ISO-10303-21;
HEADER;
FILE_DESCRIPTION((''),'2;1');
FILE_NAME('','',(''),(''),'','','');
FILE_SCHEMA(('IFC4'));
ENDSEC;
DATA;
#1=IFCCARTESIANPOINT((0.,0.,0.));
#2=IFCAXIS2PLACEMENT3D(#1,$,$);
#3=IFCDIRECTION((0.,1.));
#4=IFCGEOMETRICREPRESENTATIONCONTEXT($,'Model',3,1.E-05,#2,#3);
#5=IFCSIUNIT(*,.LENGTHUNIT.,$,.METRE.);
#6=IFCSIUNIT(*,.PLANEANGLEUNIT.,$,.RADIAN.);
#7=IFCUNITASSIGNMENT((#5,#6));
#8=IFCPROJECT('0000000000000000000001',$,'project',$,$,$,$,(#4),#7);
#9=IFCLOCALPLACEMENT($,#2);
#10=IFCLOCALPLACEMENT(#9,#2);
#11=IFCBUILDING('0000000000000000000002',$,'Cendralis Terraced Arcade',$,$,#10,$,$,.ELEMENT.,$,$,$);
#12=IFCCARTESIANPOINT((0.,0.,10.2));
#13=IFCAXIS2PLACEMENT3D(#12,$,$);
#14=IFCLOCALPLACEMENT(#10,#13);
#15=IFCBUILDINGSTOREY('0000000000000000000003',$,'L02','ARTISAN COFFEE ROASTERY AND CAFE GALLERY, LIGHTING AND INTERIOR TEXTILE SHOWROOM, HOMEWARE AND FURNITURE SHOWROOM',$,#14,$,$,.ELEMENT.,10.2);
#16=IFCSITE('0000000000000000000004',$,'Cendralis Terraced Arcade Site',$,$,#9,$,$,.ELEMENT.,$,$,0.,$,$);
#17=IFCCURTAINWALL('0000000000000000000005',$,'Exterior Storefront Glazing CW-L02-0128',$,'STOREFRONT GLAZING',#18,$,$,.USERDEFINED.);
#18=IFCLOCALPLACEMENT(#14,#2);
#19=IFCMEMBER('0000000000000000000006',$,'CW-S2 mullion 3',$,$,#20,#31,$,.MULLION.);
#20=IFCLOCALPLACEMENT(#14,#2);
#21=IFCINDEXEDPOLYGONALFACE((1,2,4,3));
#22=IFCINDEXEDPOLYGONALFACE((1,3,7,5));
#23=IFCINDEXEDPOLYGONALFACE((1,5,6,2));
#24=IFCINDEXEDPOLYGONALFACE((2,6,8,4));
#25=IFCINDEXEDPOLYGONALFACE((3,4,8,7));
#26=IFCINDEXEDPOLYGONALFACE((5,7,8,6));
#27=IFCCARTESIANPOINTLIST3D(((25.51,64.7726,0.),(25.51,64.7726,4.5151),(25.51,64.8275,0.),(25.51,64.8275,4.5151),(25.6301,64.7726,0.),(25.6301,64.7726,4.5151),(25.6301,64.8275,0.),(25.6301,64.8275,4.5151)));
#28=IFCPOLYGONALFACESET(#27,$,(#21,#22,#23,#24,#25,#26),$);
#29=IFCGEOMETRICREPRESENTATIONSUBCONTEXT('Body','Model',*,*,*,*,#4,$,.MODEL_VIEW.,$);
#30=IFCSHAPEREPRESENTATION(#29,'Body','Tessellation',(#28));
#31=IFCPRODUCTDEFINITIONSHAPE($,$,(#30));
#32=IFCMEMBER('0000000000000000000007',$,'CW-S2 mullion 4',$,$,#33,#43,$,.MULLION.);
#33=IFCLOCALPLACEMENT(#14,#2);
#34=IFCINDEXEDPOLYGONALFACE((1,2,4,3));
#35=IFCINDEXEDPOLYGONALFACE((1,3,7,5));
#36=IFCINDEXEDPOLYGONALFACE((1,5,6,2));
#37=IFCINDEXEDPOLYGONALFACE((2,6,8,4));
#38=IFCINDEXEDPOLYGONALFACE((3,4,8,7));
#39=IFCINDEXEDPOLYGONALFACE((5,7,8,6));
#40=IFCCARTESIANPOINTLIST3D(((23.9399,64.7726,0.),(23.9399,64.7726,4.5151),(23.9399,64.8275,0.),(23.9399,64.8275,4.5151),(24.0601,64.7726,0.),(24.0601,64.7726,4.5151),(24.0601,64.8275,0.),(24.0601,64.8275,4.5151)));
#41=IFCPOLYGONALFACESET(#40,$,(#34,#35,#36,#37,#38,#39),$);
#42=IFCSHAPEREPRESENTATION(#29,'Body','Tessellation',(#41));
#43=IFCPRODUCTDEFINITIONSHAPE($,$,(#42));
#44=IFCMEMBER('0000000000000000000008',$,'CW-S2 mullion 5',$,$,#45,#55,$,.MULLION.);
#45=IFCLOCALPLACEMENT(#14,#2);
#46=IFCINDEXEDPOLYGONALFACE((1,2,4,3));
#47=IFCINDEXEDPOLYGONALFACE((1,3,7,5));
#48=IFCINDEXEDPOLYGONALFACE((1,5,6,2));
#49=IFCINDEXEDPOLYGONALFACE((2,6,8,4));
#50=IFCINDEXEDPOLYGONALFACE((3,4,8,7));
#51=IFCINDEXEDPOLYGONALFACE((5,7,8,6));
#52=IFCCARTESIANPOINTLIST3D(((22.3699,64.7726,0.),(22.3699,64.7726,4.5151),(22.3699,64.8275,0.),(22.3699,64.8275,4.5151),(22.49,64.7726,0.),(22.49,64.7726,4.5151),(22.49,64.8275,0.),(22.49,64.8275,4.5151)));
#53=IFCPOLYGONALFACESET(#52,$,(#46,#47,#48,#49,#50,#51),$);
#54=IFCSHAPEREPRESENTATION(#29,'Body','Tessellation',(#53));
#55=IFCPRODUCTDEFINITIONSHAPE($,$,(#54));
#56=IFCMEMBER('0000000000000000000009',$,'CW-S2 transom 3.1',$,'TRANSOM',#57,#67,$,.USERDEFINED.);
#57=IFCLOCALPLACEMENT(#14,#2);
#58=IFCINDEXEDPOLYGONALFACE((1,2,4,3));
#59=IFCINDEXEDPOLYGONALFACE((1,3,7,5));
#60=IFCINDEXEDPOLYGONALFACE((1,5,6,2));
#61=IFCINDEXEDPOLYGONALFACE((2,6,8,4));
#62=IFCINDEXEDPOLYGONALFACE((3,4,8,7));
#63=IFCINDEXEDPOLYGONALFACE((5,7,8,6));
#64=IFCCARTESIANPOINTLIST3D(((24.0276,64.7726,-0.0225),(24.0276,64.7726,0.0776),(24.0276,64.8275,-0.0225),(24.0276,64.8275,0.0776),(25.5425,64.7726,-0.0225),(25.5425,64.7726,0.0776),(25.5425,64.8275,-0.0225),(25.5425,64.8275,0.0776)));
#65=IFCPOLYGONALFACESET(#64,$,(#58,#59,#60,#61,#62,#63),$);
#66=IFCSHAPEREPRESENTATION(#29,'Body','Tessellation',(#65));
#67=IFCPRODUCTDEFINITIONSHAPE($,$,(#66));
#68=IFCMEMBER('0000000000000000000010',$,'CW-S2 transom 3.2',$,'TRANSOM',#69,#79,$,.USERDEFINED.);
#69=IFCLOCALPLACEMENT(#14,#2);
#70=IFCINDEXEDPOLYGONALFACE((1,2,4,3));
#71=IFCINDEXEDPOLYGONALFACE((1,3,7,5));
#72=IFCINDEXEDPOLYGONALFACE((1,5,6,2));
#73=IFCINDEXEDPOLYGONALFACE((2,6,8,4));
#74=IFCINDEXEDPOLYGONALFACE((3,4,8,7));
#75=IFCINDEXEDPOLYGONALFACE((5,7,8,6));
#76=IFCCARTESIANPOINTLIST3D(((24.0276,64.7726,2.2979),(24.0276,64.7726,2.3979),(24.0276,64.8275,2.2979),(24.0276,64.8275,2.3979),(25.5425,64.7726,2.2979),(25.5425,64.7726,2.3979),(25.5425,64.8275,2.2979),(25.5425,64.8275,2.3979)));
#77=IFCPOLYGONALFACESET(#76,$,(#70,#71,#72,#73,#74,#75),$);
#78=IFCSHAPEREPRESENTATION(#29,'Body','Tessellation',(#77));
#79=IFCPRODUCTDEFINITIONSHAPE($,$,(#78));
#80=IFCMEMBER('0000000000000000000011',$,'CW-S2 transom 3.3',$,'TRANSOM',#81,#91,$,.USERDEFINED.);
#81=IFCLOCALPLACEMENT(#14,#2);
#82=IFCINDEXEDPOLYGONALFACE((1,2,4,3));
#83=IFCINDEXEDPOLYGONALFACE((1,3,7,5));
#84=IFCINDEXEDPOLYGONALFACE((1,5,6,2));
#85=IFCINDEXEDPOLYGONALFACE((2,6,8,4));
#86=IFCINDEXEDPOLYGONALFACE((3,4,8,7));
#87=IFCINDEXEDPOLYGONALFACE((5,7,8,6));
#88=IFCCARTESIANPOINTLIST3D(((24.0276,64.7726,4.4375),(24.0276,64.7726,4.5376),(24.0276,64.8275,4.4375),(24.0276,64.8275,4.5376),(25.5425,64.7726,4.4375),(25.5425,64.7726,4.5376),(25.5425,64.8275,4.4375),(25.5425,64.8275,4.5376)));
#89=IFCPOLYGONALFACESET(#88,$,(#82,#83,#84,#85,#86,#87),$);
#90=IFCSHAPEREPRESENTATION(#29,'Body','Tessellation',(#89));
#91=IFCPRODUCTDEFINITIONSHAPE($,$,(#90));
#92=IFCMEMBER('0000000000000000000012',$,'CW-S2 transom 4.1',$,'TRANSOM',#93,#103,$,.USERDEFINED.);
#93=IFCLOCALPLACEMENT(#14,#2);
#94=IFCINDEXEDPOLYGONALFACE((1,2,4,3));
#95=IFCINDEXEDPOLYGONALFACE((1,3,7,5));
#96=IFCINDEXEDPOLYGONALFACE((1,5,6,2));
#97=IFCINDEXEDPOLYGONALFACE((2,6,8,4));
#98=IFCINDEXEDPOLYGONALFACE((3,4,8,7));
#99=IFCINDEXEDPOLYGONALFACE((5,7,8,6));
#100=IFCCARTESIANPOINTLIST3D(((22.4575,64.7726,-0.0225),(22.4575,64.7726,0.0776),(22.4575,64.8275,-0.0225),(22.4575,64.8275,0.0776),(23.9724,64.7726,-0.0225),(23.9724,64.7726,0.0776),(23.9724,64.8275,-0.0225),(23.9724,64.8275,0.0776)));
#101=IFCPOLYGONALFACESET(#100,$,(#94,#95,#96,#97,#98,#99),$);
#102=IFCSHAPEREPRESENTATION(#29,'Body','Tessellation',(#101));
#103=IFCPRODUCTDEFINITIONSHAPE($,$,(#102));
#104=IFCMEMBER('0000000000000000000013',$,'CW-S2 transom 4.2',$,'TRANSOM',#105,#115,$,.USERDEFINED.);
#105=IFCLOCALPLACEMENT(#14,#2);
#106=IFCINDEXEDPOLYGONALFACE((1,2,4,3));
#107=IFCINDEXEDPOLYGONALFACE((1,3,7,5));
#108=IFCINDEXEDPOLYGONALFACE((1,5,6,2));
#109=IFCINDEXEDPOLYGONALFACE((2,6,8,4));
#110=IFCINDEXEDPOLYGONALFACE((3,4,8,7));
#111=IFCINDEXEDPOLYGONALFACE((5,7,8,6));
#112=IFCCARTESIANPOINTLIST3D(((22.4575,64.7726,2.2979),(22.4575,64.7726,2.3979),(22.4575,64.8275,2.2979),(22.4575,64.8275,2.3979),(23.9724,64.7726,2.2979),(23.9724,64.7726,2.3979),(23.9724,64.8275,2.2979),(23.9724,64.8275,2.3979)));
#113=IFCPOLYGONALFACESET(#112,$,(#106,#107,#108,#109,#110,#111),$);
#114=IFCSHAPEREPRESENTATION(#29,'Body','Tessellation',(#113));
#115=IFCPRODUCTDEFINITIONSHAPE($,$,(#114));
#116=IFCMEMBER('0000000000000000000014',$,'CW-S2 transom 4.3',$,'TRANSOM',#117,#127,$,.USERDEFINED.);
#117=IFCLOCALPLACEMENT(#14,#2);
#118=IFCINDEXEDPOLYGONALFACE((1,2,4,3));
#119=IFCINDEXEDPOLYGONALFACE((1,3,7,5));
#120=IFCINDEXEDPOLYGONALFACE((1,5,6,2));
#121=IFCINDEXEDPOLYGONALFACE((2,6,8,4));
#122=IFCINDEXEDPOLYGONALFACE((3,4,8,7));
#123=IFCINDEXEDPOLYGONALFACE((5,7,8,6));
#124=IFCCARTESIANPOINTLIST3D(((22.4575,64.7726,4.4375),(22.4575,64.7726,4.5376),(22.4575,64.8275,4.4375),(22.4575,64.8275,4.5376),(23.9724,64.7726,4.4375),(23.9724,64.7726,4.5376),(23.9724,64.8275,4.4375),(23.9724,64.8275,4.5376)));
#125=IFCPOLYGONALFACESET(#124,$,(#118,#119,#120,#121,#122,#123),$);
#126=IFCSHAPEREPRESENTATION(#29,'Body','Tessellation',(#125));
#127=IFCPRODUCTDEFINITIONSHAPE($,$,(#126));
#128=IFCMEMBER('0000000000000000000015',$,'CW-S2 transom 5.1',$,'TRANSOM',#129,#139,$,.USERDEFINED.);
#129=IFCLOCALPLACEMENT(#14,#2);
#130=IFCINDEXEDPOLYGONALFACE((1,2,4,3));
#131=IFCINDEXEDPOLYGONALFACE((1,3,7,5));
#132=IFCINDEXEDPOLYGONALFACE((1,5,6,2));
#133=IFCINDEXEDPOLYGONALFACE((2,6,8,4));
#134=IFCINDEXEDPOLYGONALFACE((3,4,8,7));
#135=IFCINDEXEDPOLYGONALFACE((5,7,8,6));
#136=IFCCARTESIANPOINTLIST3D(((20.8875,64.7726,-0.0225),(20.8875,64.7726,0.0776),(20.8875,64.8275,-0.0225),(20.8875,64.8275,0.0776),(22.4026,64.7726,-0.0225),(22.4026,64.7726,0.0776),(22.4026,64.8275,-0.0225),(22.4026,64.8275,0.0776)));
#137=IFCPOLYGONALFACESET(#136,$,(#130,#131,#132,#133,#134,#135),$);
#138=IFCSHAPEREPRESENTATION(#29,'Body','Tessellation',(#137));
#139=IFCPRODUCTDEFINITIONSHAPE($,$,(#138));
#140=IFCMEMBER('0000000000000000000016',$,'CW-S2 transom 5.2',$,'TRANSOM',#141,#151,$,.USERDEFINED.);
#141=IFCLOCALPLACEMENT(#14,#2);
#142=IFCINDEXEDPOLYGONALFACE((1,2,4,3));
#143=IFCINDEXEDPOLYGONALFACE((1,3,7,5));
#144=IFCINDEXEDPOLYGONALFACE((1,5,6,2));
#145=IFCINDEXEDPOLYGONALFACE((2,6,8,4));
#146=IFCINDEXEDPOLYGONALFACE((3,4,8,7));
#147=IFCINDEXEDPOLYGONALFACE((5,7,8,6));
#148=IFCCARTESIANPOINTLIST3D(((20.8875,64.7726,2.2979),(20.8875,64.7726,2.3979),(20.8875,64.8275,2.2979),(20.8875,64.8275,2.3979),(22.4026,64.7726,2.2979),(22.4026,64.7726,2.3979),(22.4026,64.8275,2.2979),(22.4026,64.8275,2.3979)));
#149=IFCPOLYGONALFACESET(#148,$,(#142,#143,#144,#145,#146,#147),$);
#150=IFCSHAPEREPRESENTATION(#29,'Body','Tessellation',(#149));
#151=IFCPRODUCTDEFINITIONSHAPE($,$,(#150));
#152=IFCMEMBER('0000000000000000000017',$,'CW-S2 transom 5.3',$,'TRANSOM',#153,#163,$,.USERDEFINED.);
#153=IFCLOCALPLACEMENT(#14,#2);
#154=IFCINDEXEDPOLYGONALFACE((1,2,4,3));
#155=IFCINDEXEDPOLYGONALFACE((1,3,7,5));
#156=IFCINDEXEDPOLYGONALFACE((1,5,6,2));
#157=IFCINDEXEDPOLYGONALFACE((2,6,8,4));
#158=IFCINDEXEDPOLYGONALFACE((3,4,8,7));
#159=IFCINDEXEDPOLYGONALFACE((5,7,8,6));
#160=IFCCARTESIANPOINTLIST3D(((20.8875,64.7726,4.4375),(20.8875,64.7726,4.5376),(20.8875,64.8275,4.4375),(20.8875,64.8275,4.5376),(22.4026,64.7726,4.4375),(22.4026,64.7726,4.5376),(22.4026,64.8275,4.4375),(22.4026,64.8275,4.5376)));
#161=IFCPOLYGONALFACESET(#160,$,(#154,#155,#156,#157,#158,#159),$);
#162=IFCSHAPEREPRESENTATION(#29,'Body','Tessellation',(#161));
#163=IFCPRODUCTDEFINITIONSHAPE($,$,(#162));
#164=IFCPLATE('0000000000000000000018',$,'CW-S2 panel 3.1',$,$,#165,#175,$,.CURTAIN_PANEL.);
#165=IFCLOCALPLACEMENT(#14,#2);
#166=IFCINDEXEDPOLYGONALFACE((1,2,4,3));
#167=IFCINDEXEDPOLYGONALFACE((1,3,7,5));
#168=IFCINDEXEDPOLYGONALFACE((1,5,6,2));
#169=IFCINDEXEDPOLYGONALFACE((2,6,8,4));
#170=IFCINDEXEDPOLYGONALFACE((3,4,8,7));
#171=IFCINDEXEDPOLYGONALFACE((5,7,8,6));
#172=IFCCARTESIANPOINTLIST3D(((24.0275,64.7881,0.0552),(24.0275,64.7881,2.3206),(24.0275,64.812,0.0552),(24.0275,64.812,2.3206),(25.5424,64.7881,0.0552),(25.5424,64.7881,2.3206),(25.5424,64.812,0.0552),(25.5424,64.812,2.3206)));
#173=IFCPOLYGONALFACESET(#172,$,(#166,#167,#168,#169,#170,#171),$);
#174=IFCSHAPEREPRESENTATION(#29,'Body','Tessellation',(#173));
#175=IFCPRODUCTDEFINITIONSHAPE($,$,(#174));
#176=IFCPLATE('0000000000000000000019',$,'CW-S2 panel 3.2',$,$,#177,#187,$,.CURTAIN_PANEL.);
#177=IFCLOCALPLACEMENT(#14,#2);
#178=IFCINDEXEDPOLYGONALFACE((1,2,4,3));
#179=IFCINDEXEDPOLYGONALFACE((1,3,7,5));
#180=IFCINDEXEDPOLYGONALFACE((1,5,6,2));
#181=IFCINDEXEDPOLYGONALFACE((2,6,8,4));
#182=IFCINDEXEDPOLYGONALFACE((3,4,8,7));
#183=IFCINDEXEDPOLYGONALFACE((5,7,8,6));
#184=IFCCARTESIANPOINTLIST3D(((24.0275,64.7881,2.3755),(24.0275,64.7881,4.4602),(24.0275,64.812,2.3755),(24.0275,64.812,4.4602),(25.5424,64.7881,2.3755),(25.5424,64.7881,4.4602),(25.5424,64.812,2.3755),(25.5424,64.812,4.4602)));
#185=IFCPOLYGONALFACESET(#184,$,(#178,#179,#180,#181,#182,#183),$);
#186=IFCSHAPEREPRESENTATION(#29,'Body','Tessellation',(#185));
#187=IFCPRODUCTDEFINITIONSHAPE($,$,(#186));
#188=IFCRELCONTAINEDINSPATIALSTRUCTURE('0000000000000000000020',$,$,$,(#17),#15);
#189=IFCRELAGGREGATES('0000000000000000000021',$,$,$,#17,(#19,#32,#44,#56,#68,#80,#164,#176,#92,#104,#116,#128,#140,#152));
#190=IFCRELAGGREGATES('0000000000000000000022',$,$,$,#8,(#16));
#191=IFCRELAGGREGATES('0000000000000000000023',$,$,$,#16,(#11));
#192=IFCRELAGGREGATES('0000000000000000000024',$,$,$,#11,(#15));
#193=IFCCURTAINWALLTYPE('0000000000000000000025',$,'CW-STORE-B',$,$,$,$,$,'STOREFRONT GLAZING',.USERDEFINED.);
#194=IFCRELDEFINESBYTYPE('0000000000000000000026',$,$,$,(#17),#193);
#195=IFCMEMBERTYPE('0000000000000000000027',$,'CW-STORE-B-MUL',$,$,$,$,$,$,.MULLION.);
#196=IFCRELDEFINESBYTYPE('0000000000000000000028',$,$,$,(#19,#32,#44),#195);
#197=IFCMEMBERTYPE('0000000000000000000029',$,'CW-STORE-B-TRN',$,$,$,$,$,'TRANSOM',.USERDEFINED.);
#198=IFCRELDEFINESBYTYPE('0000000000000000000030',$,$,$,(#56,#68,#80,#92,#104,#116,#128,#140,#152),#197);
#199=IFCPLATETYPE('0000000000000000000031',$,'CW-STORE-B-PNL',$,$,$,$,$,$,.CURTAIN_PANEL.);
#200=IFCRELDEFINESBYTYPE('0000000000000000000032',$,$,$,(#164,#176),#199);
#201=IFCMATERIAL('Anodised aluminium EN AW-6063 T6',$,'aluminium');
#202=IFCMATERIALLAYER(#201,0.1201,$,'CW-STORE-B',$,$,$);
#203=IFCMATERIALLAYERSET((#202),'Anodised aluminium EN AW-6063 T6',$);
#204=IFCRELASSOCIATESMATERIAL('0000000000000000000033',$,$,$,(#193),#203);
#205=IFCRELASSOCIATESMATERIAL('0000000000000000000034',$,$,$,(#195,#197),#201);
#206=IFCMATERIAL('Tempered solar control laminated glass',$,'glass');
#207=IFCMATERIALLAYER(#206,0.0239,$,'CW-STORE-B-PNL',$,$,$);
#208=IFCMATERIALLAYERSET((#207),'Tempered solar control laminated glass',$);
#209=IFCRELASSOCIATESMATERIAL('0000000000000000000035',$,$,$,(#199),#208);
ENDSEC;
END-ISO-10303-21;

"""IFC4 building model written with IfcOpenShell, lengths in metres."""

from ifc_helpers import new_model, si_unit, direction, frame, origin, origin_2d, place, context, subcontext, project, spatial, rectangle, extrude, material, layer, layer_set, material_profile, profile_set, type_object, element, aggregate, save


model = new_model("IFC4")

# Units and contexts
model_context = context("Model", 3, precision=1e-05, world=origin(), true_north=direction((0.0, 1.0)))
body_context = subcontext(model_context, "Body", "Model", "MODEL_VIEW")
ifc_project = project(units=[si_unit("LENGTHUNIT", "METRE"), si_unit("PLANEANGLEUNIT", "RADIAN")], contexts=[model_context])

# Site, building, storey
site_placement = place(None, origin())
site = spatial("IfcSite", under=ifc_project, at=site_placement, Name="Cendralis Terraced Arcade Site", CompositionType="ELEMENT", RefElevation=0.0)
building_placement = place(site_placement, origin())
building = spatial("IfcBuilding", under=site, at=building_placement, Name="Cendralis Terraced Arcade", CompositionType="ELEMENT")
storey_placement = place(building_placement, frame((0.0, 0.0, 10.2)))
storey = spatial("IfcBuildingStorey", under=building, at=storey_placement, Name="L02", Description="ARTISAN COFFEE ROASTERY AND CAFE GALLERY, LIGHTING AND INTERIOR TEXTILE SHOWROOM, HOMEWARE AND FURNITURE SHOWROOM", CompositionType="ELEMENT", Elevation=10.2)

# Curtain wall, members, plates
ifc_material_1 = material(Name="Anodised aluminium EN AW-6063 T6", Category="aluminium")
ifc_layer_1 = layer(ifc_material_1, 0.1201, Name="CW-STORE-B")
ifc_layer_set_1 = layer_set([ifc_layer_1], Name="Anodised aluminium EN AW-6063 T6")
curtain_wall_type = type_object("IfcCurtainWallType", Name="CW-STORE-B", ElementType="STOREFRONT GLAZING", PredefinedType="USERDEFINED", material=ifc_layer_set_1)
curtain_wall_placement = place(storey_placement, origin())
curtain_wall = element("IfcCurtainWall", 1, at=curtain_wall_placement, inside=storey, type_object=curtain_wall_type, Name="Exterior Storefront Glazing CW-L02-0128", ObjectType="STOREFRONT GLAZING", PredefinedType="USERDEFINED")
ifc_material_profile_1 = material_profile(ifc_material_1, rectangle(XDim=0.0549, YDim=0.1201, at=origin_2d()), Name="ALU-MUL-55x120")
ifc_profile_set_1 = profile_set([ifc_material_profile_1], Name="Anodised aluminium EN AW-6063 T6")
member_type_1 = type_object("IfcMemberType", Name="CW-STORE-B-MUL", PredefinedType="MULLION", material=ifc_profile_set_1)
member_1_placement = place(storey_placement, frame((25.5701, 64.8, 0.0), z_axis=(0.0, 0.0, 1.0), x_axis=(0.0, -1.0, 0.0)))
member_1 = element("IfcMember", 2, at=member_1_placement, type_object=member_type_1, Name="CW-S2 mullion 3", PredefinedType="MULLION", context=body_context, shape_type="SweptSolid", body=[
    extrude(rectangle(XDim=0.0549, YDim=0.1201, at=origin_2d()), origin(), (0.0, 0.0, 1.0), 4.5151),
])
member_2_placement = place(storey_placement, frame((24.0, 64.8, 0.0), z_axis=(0.0, 0.0, 1.0), x_axis=(0.0, -1.0, 0.0)))
member_2 = element("IfcMember", 3, at=member_2_placement, type_object=member_type_1, Name="CW-S2 mullion 4", PredefinedType="MULLION", context=body_context, shape_type="SweptSolid", body=[
    extrude(rectangle(XDim=0.0549, YDim=0.1201, at=origin_2d()), origin(), (0.0, 0.0, 1.0), 4.5151),
])
member_3_placement = place(storey_placement, frame((22.4299, 64.8, 0.0), z_axis=(0.0, 0.0, 1.0), x_axis=(0.0, -1.0, 0.0)))
member_3 = element("IfcMember", 4, at=member_3_placement, type_object=member_type_1, Name="CW-S2 mullion 5", PredefinedType="MULLION", context=body_context, shape_type="SweptSolid", body=[
    extrude(rectangle(XDim=0.0549, YDim=0.1201, at=origin_2d()), origin(), (0.0, 0.0, 1.0), 4.5151),
])
ifc_material_profile_2 = material_profile(ifc_material_1, rectangle(XDim=0.0549, YDim=0.1001, at=origin_2d()), Name="ALU-TRN-55x100")
ifc_profile_set_2 = profile_set([ifc_material_profile_2], Name="Anodised aluminium EN AW-6063 T6")
member_type_2 = type_object("IfcMemberType", Name="CW-STORE-B-TRN", ElementType="TRANSOM", PredefinedType="USERDEFINED", material=ifc_profile_set_2)
member_4_placement = place(storey_placement, frame((25.5425, 64.8, 0.0276), z_axis=(-1.0, 0.0, 0.0), x_axis=(0.0, -1.0, 0.0)))
member_4 = element("IfcMember", 5, at=member_4_placement, type_object=member_type_2, Name="CW-S2 transom 3.1", ObjectType="TRANSOM", PredefinedType="USERDEFINED", context=body_context, shape_type="SweptSolid", body=[
    extrude(rectangle(XDim=0.0549, YDim=0.1001, at=origin_2d()), origin(), (0.0, 0.0, 1.0), 1.5149),
])
member_5_placement = place(storey_placement, frame((25.5425, 64.8, 2.3479), z_axis=(-1.0, 0.0, 0.0), x_axis=(0.0, -1.0, 0.0)))
member_5 = element("IfcMember", 6, at=member_5_placement, type_object=member_type_2, Name="CW-S2 transom 3.2", ObjectType="TRANSOM", PredefinedType="USERDEFINED", context=body_context, shape_type="SweptSolid", body=[
    extrude(rectangle(XDim=0.0549, YDim=0.1001, at=origin_2d()), origin(), (0.0, 0.0, 1.0), 1.5149),
])
member_6_placement = place(storey_placement, frame((25.5425, 64.8, 4.4875), z_axis=(-1.0, 0.0, 0.0), x_axis=(0.0, -1.0, 0.0)))
member_6 = element("IfcMember", 7, at=member_6_placement, type_object=member_type_2, Name="CW-S2 transom 3.3", ObjectType="TRANSOM", PredefinedType="USERDEFINED", context=body_context, shape_type="SweptSolid", body=[
    extrude(rectangle(XDim=0.0549, YDim=0.1001, at=origin_2d()), origin(), (0.0, 0.0, 1.0), 1.5149),
])
member_7_placement = place(storey_placement, frame((23.9724, 64.8, 0.0276), z_axis=(-1.0, 0.0, 0.0), x_axis=(0.0, -1.0, 0.0)))
member_7 = element("IfcMember", 8, at=member_7_placement, type_object=member_type_2, Name="CW-S2 transom 4.1", ObjectType="TRANSOM", PredefinedType="USERDEFINED", context=body_context, shape_type="SweptSolid", body=[
    extrude(rectangle(XDim=0.0549, YDim=0.1001, at=origin_2d()), origin(), (0.0, 0.0, 1.0), 1.5149),
])
member_8_placement = place(storey_placement, frame((23.9724, 64.8, 2.3479), z_axis=(-1.0, 0.0, 0.0), x_axis=(0.0, -1.0, 0.0)))
member_8 = element("IfcMember", 9, at=member_8_placement, type_object=member_type_2, Name="CW-S2 transom 4.2", ObjectType="TRANSOM", PredefinedType="USERDEFINED", context=body_context, shape_type="SweptSolid", body=[
    extrude(rectangle(XDim=0.0549, YDim=0.1001, at=origin_2d()), origin(), (0.0, 0.0, 1.0), 1.5149),
])
member_9_placement = place(storey_placement, frame((23.9724, 64.8, 4.4875), z_axis=(-1.0, 0.0, 0.0), x_axis=(0.0, -1.0, 0.0)))
member_9 = element("IfcMember", 10, at=member_9_placement, type_object=member_type_2, Name="CW-S2 transom 4.3", ObjectType="TRANSOM", PredefinedType="USERDEFINED", context=body_context, shape_type="SweptSolid", body=[
    extrude(rectangle(XDim=0.0549, YDim=0.1001, at=origin_2d()), origin(), (0.0, 0.0, 1.0), 1.5149),
])
member_10_placement = place(storey_placement, frame((22.4026, 64.8, 0.0276), z_axis=(-1.0, 0.0, 0.0), x_axis=(0.0, -1.0, 0.0)))
member_10 = element("IfcMember", 11, at=member_10_placement, type_object=member_type_2, Name="CW-S2 transom 5.1", ObjectType="TRANSOM", PredefinedType="USERDEFINED", context=body_context, shape_type="SweptSolid", body=[
    extrude(rectangle(XDim=0.0549, YDim=0.1001, at=origin_2d()), origin(), (0.0, 0.0, 1.0), 1.5151),
])
member_11_placement = place(storey_placement, frame((22.4026, 64.8, 2.3479), z_axis=(-1.0, 0.0, 0.0), x_axis=(0.0, -1.0, 0.0)))
member_11 = element("IfcMember", 12, at=member_11_placement, type_object=member_type_2, Name="CW-S2 transom 5.2", ObjectType="TRANSOM", PredefinedType="USERDEFINED", context=body_context, shape_type="SweptSolid", body=[
    extrude(rectangle(XDim=0.0549, YDim=0.1001, at=origin_2d()), origin(), (0.0, 0.0, 1.0), 1.5151),
])
member_12_placement = place(storey_placement, frame((22.4026, 64.8, 4.4875), z_axis=(-1.0, 0.0, 0.0), x_axis=(0.0, -1.0, 0.0)))
member_12 = element("IfcMember", 13, at=member_12_placement, type_object=member_type_2, Name="CW-S2 transom 5.3", ObjectType="TRANSOM", PredefinedType="USERDEFINED", context=body_context, shape_type="SweptSolid", body=[
    extrude(rectangle(XDim=0.0549, YDim=0.1001, at=origin_2d()), origin(), (0.0, 0.0, 1.0), 1.5151),
])
ifc_material_2 = material(Name="Tempered solar control laminated glass", Category="glass")
ifc_layer_2 = layer(ifc_material_2, 0.0239, Name="CW-STORE-B-PNL")
ifc_layer_set_2 = layer_set([ifc_layer_2], Name="Tempered solar control laminated glass")
plate_type = type_object("IfcPlateType", Name="CW-STORE-B-PNL", PredefinedType="CURTAIN_PANEL", material=ifc_layer_set_2)
plate_1_placement = place(storey_placement, frame((24.7849, 64.8, 0.0552), z_axis=(0.0, 0.0, 1.0), x_axis=(-1.0, 0.0, 0.0)))
plate_1 = element("IfcPlate", 14, at=plate_1_placement, type_object=plate_type, Name="CW-S2 panel 3.1", PredefinedType="CURTAIN_PANEL", context=body_context, shape_type="SweptSolid", body=[
    extrude(rectangle(XDim=1.5149, YDim=0.0239, at=origin_2d()), origin(), (0.0, 0.0, 1.0), 2.2654),
])
plate_2_placement = place(storey_placement, frame((24.7849, 64.8, 2.3755), z_axis=(0.0, 0.0, 1.0), x_axis=(-1.0, 0.0, 0.0)))
plate_2 = element("IfcPlate", 15, at=plate_2_placement, type_object=plate_type, Name="CW-S2 panel 3.2", PredefinedType="CURTAIN_PANEL", context=body_context, shape_type="SweptSolid", body=[
    extrude(rectangle(XDim=1.5149, YDim=0.0239, at=origin_2d()), origin(), (0.0, 0.0, 1.0), 2.0847),
])
aggregate(curtain_wall, [member_1, member_2, member_3, member_4, member_5, member_6, plate_1, plate_2, member_7, member_8, member_9, member_10, member_11, member_12])

save(model, "model.ifc")
